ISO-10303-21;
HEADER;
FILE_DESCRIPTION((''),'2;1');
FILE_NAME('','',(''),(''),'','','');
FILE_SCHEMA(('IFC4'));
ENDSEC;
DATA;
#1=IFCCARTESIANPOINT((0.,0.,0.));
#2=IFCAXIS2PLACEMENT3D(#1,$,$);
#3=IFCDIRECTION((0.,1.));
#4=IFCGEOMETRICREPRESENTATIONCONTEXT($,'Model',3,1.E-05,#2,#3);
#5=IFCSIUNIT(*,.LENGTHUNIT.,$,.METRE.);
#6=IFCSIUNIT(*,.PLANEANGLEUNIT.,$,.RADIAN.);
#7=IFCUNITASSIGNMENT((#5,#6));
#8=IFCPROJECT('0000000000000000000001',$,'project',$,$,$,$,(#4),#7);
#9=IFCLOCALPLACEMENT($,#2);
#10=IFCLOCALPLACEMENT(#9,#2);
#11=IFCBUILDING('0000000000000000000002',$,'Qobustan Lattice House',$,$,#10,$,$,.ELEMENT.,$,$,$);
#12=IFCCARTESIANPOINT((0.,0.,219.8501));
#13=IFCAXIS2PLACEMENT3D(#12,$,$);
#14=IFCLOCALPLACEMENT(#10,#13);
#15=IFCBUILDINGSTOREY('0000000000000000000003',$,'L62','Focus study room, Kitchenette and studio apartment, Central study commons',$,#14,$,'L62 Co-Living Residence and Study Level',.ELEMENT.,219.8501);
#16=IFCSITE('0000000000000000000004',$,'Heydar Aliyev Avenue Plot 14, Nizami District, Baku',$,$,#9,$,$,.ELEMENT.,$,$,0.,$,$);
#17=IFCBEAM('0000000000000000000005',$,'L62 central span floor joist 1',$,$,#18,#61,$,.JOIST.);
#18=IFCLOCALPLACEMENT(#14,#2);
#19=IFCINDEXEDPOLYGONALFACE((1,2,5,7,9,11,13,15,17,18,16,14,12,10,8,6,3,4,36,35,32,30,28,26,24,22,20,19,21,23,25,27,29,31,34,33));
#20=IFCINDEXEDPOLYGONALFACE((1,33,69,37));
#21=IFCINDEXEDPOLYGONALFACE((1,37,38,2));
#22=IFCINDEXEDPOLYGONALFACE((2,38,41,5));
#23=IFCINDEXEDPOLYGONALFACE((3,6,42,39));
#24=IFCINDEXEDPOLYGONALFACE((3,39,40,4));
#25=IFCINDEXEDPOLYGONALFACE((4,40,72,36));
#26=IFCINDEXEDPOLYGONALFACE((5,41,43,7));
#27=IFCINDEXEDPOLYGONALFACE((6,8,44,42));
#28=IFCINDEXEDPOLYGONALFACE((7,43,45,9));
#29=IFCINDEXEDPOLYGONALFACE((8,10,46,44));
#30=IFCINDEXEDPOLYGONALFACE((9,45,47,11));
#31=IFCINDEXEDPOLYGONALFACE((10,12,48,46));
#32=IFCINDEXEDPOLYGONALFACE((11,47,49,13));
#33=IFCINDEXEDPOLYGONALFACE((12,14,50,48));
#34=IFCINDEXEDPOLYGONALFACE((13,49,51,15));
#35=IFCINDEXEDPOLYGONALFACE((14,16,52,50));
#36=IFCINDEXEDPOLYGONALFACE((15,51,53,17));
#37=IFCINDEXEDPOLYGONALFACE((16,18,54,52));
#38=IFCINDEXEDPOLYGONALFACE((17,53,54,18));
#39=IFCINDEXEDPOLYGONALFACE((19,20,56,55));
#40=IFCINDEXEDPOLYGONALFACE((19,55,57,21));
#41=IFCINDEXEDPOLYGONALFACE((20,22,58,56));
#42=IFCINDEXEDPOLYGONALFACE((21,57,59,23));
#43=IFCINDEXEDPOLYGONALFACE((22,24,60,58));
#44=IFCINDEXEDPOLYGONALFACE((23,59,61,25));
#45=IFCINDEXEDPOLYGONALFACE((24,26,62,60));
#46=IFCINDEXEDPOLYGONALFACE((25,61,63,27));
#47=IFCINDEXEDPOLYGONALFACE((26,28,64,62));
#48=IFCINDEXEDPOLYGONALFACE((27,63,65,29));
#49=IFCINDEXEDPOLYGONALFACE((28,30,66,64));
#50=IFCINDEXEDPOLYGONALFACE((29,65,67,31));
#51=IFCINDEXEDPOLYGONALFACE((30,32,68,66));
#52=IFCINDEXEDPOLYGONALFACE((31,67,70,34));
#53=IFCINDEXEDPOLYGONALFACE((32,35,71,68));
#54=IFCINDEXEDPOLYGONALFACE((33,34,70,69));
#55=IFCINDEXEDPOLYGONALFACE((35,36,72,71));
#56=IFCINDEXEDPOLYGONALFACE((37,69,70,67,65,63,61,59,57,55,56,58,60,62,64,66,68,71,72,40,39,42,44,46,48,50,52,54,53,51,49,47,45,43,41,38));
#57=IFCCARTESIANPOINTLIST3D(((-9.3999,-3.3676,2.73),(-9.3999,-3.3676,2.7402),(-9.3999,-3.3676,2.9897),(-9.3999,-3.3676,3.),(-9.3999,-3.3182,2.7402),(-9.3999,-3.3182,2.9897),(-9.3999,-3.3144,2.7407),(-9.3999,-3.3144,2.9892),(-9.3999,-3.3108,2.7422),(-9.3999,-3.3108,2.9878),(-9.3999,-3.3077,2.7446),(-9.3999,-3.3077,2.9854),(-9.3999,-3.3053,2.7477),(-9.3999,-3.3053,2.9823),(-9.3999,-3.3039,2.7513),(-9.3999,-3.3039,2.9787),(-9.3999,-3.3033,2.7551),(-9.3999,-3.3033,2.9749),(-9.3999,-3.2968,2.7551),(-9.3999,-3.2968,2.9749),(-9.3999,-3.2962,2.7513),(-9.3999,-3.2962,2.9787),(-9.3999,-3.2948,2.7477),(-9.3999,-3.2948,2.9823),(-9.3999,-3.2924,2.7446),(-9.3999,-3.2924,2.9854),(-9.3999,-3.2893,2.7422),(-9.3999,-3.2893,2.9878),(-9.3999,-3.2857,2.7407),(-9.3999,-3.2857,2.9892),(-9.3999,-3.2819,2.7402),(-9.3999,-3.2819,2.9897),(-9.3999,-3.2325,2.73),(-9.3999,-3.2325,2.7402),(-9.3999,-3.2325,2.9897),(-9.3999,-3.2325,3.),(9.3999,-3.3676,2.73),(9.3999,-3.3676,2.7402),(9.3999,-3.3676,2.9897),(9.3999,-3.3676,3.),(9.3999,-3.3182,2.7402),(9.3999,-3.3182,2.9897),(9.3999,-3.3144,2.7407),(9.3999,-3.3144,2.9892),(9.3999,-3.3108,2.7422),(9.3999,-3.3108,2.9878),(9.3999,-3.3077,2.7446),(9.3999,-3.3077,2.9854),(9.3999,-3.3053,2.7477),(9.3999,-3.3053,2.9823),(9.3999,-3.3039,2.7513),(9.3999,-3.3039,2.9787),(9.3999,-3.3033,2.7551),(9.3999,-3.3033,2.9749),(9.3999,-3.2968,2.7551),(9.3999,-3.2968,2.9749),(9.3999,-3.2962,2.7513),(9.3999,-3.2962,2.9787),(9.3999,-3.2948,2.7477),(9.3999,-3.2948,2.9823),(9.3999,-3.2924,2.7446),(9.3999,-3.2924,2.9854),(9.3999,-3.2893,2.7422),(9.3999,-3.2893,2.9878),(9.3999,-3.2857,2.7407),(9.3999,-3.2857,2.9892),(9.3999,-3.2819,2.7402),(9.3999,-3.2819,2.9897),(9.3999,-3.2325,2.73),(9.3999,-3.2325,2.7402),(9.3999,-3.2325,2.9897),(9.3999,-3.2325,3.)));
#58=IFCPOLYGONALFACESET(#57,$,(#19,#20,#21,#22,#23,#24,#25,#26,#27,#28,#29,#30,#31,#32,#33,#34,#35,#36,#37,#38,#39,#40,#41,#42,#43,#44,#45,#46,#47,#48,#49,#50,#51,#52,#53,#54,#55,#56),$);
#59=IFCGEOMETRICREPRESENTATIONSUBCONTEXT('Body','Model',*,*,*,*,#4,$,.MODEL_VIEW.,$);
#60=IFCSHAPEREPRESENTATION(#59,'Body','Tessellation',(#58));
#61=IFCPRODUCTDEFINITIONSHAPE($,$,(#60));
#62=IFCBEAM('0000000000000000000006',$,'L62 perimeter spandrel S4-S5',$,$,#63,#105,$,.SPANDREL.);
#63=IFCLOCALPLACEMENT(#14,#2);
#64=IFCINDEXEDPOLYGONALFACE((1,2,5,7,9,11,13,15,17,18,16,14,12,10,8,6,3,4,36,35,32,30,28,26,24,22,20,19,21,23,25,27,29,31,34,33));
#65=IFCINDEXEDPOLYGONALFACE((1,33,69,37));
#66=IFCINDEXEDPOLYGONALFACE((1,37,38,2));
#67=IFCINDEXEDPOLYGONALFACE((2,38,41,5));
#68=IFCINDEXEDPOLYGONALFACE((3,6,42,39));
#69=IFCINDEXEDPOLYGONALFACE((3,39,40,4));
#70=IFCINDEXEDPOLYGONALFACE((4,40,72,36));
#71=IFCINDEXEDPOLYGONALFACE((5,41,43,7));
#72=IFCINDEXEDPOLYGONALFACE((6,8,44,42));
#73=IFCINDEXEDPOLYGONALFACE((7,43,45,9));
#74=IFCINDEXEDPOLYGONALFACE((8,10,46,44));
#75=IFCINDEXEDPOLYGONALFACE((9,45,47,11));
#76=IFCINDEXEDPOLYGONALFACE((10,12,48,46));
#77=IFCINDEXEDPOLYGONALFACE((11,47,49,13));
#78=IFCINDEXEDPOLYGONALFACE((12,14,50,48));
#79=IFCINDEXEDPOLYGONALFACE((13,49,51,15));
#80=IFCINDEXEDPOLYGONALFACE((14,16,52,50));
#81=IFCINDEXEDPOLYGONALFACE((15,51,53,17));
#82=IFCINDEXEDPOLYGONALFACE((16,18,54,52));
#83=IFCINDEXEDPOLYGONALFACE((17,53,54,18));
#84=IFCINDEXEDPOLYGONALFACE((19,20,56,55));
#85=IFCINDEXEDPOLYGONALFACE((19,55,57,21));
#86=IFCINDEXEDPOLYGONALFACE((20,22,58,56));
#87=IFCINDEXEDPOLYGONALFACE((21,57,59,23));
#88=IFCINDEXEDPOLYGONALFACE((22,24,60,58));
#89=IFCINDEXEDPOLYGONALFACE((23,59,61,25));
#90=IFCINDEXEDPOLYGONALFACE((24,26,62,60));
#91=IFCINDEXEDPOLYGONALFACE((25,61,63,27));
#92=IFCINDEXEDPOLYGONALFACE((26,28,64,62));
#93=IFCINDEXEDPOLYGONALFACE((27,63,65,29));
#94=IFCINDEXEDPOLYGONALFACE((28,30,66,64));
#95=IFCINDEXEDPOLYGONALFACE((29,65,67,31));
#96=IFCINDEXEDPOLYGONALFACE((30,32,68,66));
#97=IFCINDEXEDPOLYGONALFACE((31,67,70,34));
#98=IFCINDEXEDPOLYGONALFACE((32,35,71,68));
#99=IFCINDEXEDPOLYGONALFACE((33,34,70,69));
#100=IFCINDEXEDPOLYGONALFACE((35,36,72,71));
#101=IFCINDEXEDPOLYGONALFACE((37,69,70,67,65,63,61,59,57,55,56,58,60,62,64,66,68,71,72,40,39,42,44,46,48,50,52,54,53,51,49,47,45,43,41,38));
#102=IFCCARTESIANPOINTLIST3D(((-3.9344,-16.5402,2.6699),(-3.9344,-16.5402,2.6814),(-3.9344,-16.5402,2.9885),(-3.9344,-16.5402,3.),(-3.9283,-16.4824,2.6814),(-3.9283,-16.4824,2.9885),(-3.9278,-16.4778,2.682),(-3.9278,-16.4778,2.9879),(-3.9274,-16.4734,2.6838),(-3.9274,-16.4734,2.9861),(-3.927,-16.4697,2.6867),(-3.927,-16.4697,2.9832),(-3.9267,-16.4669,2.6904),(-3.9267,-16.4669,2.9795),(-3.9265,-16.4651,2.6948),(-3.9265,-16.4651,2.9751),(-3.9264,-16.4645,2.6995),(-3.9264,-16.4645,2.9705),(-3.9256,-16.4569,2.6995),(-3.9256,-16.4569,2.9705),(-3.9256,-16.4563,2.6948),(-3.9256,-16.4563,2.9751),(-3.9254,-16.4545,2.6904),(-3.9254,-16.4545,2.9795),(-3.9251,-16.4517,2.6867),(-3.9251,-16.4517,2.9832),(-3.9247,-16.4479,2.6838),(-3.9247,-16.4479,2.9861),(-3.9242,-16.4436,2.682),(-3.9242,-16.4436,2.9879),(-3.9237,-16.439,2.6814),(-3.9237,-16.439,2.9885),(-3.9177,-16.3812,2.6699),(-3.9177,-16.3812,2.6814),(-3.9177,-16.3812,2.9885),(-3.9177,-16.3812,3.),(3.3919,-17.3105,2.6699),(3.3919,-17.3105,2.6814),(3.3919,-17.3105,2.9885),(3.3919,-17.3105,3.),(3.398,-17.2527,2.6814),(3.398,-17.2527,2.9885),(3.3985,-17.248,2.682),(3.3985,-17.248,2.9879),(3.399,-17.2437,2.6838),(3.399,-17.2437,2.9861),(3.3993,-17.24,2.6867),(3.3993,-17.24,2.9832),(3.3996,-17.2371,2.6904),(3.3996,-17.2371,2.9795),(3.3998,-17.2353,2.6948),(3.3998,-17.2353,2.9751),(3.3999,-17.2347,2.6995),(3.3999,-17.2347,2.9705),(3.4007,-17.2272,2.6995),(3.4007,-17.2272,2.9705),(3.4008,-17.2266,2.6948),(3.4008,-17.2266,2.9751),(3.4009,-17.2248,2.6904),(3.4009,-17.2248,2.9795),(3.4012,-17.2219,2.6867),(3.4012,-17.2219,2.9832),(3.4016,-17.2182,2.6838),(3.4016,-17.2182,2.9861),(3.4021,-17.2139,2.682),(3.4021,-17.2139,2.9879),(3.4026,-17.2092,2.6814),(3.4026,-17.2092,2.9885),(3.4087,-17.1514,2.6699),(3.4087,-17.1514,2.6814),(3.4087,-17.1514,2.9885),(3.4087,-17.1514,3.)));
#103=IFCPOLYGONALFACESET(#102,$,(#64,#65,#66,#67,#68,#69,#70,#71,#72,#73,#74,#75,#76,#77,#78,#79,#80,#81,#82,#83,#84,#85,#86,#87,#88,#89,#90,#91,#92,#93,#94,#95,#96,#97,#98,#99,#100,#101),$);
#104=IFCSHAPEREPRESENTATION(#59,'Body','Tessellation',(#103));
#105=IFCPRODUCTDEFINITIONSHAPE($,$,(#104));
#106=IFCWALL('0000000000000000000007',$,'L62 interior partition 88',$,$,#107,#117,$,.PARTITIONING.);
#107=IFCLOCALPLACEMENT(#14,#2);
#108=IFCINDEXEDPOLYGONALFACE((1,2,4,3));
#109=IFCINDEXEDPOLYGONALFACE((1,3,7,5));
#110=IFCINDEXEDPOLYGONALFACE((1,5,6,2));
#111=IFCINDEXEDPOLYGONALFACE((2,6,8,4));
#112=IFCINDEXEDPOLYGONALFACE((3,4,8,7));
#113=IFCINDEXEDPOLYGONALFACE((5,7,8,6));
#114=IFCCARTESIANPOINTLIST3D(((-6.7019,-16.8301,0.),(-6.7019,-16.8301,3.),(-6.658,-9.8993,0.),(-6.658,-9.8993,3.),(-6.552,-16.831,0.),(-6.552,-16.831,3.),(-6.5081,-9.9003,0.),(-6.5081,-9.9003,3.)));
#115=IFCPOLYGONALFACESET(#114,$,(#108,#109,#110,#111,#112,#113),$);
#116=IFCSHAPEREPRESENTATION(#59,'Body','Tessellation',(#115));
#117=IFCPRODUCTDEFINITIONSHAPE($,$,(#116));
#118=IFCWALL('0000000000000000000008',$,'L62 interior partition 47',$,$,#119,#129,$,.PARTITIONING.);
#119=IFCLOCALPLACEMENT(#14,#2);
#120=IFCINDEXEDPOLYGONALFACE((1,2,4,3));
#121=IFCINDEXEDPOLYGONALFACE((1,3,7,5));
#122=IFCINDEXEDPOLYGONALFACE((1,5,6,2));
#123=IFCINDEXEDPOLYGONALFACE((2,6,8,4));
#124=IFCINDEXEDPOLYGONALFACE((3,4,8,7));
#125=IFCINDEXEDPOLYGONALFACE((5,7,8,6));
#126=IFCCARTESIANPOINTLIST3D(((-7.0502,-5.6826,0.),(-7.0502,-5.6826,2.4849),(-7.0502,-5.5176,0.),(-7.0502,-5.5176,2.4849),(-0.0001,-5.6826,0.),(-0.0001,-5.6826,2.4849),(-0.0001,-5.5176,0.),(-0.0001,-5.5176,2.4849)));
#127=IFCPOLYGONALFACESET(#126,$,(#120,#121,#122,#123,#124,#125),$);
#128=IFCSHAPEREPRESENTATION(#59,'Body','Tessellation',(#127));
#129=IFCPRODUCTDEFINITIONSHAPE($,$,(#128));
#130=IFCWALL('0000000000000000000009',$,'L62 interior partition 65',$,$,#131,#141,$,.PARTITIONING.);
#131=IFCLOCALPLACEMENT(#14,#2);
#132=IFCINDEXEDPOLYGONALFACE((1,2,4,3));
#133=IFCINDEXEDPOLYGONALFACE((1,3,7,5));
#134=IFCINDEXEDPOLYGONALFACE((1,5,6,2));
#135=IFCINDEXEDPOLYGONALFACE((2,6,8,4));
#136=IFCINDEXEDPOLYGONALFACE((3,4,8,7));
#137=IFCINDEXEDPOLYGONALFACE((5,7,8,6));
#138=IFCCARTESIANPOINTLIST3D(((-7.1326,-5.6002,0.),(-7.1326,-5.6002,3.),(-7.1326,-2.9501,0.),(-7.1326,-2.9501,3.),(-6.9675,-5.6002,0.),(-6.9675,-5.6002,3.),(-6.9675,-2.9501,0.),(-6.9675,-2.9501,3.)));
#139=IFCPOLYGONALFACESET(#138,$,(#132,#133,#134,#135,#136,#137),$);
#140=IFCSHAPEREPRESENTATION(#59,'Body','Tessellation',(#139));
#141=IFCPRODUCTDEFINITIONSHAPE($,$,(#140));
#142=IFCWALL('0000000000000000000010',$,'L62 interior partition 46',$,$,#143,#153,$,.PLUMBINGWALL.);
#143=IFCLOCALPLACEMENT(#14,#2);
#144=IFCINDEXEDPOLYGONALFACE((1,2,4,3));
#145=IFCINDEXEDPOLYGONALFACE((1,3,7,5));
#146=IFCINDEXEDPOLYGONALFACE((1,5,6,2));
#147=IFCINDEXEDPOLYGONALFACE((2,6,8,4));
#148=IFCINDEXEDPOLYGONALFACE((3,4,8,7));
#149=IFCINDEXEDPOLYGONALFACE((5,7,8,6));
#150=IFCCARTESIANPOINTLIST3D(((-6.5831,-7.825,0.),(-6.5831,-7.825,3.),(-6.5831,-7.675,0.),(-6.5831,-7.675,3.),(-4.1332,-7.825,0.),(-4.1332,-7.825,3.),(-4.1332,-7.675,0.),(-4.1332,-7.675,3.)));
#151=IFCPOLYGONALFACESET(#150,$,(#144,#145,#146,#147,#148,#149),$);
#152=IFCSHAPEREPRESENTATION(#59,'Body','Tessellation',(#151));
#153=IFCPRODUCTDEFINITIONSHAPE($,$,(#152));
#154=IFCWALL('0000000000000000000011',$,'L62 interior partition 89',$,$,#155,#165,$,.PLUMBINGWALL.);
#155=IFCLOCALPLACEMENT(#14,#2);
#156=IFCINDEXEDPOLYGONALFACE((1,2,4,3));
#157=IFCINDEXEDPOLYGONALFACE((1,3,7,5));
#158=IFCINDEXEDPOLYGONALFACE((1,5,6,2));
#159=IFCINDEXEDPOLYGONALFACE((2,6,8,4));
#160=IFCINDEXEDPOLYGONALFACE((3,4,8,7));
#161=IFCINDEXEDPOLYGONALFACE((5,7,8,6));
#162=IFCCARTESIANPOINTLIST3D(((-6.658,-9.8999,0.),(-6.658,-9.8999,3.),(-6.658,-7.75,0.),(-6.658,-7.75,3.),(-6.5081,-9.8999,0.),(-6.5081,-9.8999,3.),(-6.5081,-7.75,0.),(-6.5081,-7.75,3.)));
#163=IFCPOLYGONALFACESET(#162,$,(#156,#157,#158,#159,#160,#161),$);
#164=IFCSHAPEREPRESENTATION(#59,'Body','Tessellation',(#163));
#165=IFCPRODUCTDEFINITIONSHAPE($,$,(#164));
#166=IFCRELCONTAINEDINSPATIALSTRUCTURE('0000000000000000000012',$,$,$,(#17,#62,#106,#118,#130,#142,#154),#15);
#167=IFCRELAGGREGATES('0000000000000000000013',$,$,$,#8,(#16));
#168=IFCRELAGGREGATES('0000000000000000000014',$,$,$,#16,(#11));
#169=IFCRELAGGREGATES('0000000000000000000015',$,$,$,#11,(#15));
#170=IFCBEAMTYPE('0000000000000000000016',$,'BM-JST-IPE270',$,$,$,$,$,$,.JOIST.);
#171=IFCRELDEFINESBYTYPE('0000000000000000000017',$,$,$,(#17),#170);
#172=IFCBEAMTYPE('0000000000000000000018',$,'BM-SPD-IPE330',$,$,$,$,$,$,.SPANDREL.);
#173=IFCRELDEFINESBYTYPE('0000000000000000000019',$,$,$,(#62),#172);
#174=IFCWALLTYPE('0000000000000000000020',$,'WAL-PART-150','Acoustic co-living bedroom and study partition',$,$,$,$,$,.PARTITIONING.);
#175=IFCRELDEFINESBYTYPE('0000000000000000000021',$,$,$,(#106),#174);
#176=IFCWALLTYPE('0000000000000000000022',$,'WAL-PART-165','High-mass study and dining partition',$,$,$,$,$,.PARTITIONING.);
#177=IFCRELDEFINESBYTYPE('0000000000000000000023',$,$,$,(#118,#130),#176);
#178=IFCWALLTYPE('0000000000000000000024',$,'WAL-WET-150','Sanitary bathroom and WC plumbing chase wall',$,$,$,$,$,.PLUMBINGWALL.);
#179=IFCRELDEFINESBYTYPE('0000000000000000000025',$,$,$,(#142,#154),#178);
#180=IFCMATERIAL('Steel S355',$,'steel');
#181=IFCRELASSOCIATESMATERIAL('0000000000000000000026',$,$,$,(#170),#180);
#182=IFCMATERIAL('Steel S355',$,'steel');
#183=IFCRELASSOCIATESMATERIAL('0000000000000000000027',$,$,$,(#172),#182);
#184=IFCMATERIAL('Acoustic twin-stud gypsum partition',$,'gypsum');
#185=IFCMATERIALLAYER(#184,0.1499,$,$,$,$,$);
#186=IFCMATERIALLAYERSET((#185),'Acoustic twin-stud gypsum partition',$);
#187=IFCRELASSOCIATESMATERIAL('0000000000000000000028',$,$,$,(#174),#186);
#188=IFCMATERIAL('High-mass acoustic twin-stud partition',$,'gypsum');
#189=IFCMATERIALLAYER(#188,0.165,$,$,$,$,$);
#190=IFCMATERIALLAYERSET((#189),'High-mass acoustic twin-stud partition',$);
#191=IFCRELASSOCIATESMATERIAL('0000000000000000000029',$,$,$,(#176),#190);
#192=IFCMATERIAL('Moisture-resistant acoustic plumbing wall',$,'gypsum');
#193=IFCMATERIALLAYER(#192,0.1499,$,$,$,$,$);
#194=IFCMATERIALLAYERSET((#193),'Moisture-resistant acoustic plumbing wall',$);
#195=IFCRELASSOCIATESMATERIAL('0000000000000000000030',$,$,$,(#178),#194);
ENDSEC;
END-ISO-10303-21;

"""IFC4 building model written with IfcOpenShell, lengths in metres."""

from ifc_helpers import new_model, si_unit, direction, frame, frame_2d, origin, origin_2d, place, context, subcontext, project, spatial, rectangle, i_section, extrude, material, layer, layer_set, material_profile, profile_set, type_object, element, save


model = new_model("IFC4")

# Units and contexts
model_context = context("Model", 3, precision=1e-05, world=origin(), true_north=direction((0.0, 1.0)))
body_context = subcontext(model_context, "Body", "Model", "MODEL_VIEW")
ifc_project = project(units=[si_unit("LENGTHUNIT", "METRE"), si_unit("PLANEANGLEUNIT", "RADIAN")], contexts=[model_context])

# Site, building, storey
site_placement = place(None, origin())
site = spatial("IfcSite", under=ifc_project, at=site_placement, Name="Heydar Aliyev Avenue Plot 14, Nizami District, Baku", CompositionType="ELEMENT", RefElevation=0.0)
building_placement = place(site_placement, origin())
building = spatial("IfcBuilding", under=site, at=building_placement, Name="Qobustan Lattice House", CompositionType="ELEMENT")
storey_placement = place(building_placement, frame((0.0, 0.0, 219.8501)))
storey = spatial("IfcBuildingStorey", under=building, at=storey_placement, Name="L62", Description="Focus study room, Kitchenette and studio apartment, Central study commons", LongName="L62 Co-Living Residence and Study Level", CompositionType="ELEMENT", Elevation=219.8501)

# Beams
ifc_material_1 = material(Name="Steel S355", Category="steel")
ifc_material_profile_1 = material_profile(ifc_material_1, i_section(OverallWidth=0.135, OverallDepth=0.27, WebThickness=0.0066, FlangeThickness=0.0103, FilletRadius=0.0149, at=origin_2d()), Name="IPE270")
ifc_profile_set_1 = profile_set([ifc_material_profile_1], Name="Steel S355")
beam_type_1 = type_object("IfcBeamType", Name="BM-JST-IPE270", PredefinedType="JOIST", material=ifc_profile_set_1)
beam_1_placement = place(storey_placement, frame((-9.3999, -3.3, 2.865), z_axis=(1.0, 0.0, 0.0), x_axis=(0.0, 1.0, 0.0)))
element("IfcBeam", 1, at=beam_1_placement, inside=storey, type_object=beam_type_1, Name="L62 central span floor joist 1", PredefinedType="JOIST", context=body_context, shape_type="SweptSolid", body=[
    extrude(i_section(OverallWidth=0.135, OverallDepth=0.27, WebThickness=0.0066, FlangeThickness=0.0103, FilletRadius=0.0149, at=origin_2d()), origin(), (0.0, 0.0, 1.0), 18.7998),
])
ifc_material_2 = material(Name="Steel S355", Category="steel")
ifc_material_profile_2 = material_profile(ifc_material_2, i_section(OverallWidth=0.1599, OverallDepth=0.3301, WebThickness=0.0076, FlangeThickness=0.0115, FilletRadius=0.0181, at=origin_2d()), Name="IPE330")
ifc_profile_set_2 = profile_set([ifc_material_profile_2], Name="Steel S355")
beam_type_2 = type_object("IfcBeamType", Name="BM-SPD-IPE330", PredefinedType="SPANDREL", material=ifc_profile_set_2)
beam_2_placement = place(storey_placement, frame((-3.926, -16.4607, 2.835), z_axis=(0.994519, -0.104559, 0.0), x_axis=(0.104559, 0.994519, 0.0)))
element("IfcBeam", 2, at=beam_2_placement, inside=storey, type_object=beam_type_2, Name="L62 perimeter spandrel S4-S5", PredefinedType="SPANDREL", context=body_context, shape_type="SweptSolid", body=[
    extrude(i_section(OverallWidth=0.1599, OverallDepth=0.3301, WebThickness=0.0076, FlangeThickness=0.0115, FilletRadius=0.0181, at=origin_2d()), origin(), (0.0, 0.0, 1.0), 7.3667),
])

# Walls
ifc_material_3 = material(Name="Acoustic twin-stud gypsum partition", Category="gypsum")
ifc_layer_1 = layer(ifc_material_3, 0.1499)
ifc_layer_set_1 = layer_set([ifc_layer_1], Name="Acoustic twin-stud gypsum partition")
wall_type_1 = type_object("IfcWallType", Name="WAL-PART-150", Description="Acoustic co-living bedroom and study partition", PredefinedType="PARTITIONING", material=ifc_layer_set_1)
wall_1_placement = place(storey_placement, frame((-6.583, -9.8999, 0.0), z_axis=(0.0, 0.0, 1.0), x_axis=(-0.006341, -0.99998, 0.0)))
element("IfcWall", 3, at=wall_1_placement, inside=storey, type_object=wall_type_1, Name="L62 interior partition 88", PredefinedType="PARTITIONING", context=body_context, shape_type="SweptSolid", body=[
    extrude(rectangle(XDim=6.9309, YDim=0.1499, at=frame_2d((3.4653, 0.0))), origin(), (0.0, 0.0, 1.0), 3.0),
])
ifc_material_4 = material(Name="High-mass acoustic twin-stud partition", Category="gypsum")
ifc_layer_2 = layer(ifc_material_4, 0.165)
ifc_layer_set_2 = layer_set([ifc_layer_2], Name="High-mass acoustic twin-stud partition")
wall_type_2 = type_object("IfcWallType", Name="WAL-PART-165", Description="High-mass study and dining partition", PredefinedType="PARTITIONING", material=ifc_layer_set_2)
wall_2_placement = place(storey_placement, frame((-7.05, -5.6001, 0.0), z_axis=(0.0, 0.0, 1.0), x_axis=(1.0, 0.0, 0.0)))
element("IfcWall", 4, at=wall_2_placement, inside=storey, type_object=wall_type_2, Name="L62 interior partition 47", PredefinedType="PARTITIONING", context=body_context, shape_type="SweptSolid", body=[
    extrude(rectangle(XDim=7.05, YDim=0.165, at=frame_2d((3.5249, 0.0))), origin(), (0.0, 0.0, 1.0), 2.4849),
])
wall_3_placement = place(storey_placement, frame((-7.05, -2.95, 0.0), z_axis=(0.0, 0.0, 1.0), x_axis=(0.0, -1.0, 0.0)))
element("IfcWall", 5, at=wall_3_placement, inside=storey, type_object=wall_type_2, Name="L62 interior partition 65", PredefinedType="PARTITIONING", context=body_context, shape_type="SweptSolid", body=[
    extrude(rectangle(XDim=2.6501, YDim=0.165, at=frame_2d((1.3252, 0.0))), origin(), (0.0, 0.0, 1.0), 3.0),
])
ifc_material_5 = material(Name="Moisture-resistant acoustic plumbing wall", Category="gypsum")
ifc_layer_3 = layer(ifc_material_5, 0.1499)
ifc_layer_set_3 = layer_set([ifc_layer_3], Name="Moisture-resistant acoustic plumbing wall")
wall_type_3 = type_object("IfcWallType", Name="WAL-WET-150", Description="Sanitary bathroom and WC plumbing chase wall", PredefinedType="PLUMBINGWALL", material=ifc_layer_set_3)
wall_4_placement = place(storey_placement, frame((-4.1331, -7.75, 0.0), z_axis=(0.0, 0.0, 1.0), x_axis=(-1.0, 0.0, 0.0)))
element("IfcWall", 6, at=wall_4_placement, inside=storey, type_object=wall_type_3, Name="L62 interior partition 46", PredefinedType="PLUMBINGWALL", context=body_context, shape_type="SweptSolid", body=[
    extrude(rectangle(XDim=2.45, YDim=0.1499, at=frame_2d((1.2251, 0.0))), origin(), (0.0, 0.0, 1.0), 3.0),
])
wall_5_placement = place(storey_placement, frame((-6.583, -7.75, 0.0), z_axis=(0.0, 0.0, 1.0), x_axis=(0.0, -1.0, 0.0)))
element("IfcWall", 7, at=wall_5_placement, inside=storey, type_object=wall_type_3, Name="L62 interior partition 89", PredefinedType="PLUMBINGWALL", context=body_context, shape_type="SweptSolid", body=[
    extrude(rectangle(XDim=2.1499, YDim=0.1499, at=frame_2d((1.075, 0.0))), origin(), (0.0, 0.0, 1.0), 3.0),
])

save(model, "model.ifc")
